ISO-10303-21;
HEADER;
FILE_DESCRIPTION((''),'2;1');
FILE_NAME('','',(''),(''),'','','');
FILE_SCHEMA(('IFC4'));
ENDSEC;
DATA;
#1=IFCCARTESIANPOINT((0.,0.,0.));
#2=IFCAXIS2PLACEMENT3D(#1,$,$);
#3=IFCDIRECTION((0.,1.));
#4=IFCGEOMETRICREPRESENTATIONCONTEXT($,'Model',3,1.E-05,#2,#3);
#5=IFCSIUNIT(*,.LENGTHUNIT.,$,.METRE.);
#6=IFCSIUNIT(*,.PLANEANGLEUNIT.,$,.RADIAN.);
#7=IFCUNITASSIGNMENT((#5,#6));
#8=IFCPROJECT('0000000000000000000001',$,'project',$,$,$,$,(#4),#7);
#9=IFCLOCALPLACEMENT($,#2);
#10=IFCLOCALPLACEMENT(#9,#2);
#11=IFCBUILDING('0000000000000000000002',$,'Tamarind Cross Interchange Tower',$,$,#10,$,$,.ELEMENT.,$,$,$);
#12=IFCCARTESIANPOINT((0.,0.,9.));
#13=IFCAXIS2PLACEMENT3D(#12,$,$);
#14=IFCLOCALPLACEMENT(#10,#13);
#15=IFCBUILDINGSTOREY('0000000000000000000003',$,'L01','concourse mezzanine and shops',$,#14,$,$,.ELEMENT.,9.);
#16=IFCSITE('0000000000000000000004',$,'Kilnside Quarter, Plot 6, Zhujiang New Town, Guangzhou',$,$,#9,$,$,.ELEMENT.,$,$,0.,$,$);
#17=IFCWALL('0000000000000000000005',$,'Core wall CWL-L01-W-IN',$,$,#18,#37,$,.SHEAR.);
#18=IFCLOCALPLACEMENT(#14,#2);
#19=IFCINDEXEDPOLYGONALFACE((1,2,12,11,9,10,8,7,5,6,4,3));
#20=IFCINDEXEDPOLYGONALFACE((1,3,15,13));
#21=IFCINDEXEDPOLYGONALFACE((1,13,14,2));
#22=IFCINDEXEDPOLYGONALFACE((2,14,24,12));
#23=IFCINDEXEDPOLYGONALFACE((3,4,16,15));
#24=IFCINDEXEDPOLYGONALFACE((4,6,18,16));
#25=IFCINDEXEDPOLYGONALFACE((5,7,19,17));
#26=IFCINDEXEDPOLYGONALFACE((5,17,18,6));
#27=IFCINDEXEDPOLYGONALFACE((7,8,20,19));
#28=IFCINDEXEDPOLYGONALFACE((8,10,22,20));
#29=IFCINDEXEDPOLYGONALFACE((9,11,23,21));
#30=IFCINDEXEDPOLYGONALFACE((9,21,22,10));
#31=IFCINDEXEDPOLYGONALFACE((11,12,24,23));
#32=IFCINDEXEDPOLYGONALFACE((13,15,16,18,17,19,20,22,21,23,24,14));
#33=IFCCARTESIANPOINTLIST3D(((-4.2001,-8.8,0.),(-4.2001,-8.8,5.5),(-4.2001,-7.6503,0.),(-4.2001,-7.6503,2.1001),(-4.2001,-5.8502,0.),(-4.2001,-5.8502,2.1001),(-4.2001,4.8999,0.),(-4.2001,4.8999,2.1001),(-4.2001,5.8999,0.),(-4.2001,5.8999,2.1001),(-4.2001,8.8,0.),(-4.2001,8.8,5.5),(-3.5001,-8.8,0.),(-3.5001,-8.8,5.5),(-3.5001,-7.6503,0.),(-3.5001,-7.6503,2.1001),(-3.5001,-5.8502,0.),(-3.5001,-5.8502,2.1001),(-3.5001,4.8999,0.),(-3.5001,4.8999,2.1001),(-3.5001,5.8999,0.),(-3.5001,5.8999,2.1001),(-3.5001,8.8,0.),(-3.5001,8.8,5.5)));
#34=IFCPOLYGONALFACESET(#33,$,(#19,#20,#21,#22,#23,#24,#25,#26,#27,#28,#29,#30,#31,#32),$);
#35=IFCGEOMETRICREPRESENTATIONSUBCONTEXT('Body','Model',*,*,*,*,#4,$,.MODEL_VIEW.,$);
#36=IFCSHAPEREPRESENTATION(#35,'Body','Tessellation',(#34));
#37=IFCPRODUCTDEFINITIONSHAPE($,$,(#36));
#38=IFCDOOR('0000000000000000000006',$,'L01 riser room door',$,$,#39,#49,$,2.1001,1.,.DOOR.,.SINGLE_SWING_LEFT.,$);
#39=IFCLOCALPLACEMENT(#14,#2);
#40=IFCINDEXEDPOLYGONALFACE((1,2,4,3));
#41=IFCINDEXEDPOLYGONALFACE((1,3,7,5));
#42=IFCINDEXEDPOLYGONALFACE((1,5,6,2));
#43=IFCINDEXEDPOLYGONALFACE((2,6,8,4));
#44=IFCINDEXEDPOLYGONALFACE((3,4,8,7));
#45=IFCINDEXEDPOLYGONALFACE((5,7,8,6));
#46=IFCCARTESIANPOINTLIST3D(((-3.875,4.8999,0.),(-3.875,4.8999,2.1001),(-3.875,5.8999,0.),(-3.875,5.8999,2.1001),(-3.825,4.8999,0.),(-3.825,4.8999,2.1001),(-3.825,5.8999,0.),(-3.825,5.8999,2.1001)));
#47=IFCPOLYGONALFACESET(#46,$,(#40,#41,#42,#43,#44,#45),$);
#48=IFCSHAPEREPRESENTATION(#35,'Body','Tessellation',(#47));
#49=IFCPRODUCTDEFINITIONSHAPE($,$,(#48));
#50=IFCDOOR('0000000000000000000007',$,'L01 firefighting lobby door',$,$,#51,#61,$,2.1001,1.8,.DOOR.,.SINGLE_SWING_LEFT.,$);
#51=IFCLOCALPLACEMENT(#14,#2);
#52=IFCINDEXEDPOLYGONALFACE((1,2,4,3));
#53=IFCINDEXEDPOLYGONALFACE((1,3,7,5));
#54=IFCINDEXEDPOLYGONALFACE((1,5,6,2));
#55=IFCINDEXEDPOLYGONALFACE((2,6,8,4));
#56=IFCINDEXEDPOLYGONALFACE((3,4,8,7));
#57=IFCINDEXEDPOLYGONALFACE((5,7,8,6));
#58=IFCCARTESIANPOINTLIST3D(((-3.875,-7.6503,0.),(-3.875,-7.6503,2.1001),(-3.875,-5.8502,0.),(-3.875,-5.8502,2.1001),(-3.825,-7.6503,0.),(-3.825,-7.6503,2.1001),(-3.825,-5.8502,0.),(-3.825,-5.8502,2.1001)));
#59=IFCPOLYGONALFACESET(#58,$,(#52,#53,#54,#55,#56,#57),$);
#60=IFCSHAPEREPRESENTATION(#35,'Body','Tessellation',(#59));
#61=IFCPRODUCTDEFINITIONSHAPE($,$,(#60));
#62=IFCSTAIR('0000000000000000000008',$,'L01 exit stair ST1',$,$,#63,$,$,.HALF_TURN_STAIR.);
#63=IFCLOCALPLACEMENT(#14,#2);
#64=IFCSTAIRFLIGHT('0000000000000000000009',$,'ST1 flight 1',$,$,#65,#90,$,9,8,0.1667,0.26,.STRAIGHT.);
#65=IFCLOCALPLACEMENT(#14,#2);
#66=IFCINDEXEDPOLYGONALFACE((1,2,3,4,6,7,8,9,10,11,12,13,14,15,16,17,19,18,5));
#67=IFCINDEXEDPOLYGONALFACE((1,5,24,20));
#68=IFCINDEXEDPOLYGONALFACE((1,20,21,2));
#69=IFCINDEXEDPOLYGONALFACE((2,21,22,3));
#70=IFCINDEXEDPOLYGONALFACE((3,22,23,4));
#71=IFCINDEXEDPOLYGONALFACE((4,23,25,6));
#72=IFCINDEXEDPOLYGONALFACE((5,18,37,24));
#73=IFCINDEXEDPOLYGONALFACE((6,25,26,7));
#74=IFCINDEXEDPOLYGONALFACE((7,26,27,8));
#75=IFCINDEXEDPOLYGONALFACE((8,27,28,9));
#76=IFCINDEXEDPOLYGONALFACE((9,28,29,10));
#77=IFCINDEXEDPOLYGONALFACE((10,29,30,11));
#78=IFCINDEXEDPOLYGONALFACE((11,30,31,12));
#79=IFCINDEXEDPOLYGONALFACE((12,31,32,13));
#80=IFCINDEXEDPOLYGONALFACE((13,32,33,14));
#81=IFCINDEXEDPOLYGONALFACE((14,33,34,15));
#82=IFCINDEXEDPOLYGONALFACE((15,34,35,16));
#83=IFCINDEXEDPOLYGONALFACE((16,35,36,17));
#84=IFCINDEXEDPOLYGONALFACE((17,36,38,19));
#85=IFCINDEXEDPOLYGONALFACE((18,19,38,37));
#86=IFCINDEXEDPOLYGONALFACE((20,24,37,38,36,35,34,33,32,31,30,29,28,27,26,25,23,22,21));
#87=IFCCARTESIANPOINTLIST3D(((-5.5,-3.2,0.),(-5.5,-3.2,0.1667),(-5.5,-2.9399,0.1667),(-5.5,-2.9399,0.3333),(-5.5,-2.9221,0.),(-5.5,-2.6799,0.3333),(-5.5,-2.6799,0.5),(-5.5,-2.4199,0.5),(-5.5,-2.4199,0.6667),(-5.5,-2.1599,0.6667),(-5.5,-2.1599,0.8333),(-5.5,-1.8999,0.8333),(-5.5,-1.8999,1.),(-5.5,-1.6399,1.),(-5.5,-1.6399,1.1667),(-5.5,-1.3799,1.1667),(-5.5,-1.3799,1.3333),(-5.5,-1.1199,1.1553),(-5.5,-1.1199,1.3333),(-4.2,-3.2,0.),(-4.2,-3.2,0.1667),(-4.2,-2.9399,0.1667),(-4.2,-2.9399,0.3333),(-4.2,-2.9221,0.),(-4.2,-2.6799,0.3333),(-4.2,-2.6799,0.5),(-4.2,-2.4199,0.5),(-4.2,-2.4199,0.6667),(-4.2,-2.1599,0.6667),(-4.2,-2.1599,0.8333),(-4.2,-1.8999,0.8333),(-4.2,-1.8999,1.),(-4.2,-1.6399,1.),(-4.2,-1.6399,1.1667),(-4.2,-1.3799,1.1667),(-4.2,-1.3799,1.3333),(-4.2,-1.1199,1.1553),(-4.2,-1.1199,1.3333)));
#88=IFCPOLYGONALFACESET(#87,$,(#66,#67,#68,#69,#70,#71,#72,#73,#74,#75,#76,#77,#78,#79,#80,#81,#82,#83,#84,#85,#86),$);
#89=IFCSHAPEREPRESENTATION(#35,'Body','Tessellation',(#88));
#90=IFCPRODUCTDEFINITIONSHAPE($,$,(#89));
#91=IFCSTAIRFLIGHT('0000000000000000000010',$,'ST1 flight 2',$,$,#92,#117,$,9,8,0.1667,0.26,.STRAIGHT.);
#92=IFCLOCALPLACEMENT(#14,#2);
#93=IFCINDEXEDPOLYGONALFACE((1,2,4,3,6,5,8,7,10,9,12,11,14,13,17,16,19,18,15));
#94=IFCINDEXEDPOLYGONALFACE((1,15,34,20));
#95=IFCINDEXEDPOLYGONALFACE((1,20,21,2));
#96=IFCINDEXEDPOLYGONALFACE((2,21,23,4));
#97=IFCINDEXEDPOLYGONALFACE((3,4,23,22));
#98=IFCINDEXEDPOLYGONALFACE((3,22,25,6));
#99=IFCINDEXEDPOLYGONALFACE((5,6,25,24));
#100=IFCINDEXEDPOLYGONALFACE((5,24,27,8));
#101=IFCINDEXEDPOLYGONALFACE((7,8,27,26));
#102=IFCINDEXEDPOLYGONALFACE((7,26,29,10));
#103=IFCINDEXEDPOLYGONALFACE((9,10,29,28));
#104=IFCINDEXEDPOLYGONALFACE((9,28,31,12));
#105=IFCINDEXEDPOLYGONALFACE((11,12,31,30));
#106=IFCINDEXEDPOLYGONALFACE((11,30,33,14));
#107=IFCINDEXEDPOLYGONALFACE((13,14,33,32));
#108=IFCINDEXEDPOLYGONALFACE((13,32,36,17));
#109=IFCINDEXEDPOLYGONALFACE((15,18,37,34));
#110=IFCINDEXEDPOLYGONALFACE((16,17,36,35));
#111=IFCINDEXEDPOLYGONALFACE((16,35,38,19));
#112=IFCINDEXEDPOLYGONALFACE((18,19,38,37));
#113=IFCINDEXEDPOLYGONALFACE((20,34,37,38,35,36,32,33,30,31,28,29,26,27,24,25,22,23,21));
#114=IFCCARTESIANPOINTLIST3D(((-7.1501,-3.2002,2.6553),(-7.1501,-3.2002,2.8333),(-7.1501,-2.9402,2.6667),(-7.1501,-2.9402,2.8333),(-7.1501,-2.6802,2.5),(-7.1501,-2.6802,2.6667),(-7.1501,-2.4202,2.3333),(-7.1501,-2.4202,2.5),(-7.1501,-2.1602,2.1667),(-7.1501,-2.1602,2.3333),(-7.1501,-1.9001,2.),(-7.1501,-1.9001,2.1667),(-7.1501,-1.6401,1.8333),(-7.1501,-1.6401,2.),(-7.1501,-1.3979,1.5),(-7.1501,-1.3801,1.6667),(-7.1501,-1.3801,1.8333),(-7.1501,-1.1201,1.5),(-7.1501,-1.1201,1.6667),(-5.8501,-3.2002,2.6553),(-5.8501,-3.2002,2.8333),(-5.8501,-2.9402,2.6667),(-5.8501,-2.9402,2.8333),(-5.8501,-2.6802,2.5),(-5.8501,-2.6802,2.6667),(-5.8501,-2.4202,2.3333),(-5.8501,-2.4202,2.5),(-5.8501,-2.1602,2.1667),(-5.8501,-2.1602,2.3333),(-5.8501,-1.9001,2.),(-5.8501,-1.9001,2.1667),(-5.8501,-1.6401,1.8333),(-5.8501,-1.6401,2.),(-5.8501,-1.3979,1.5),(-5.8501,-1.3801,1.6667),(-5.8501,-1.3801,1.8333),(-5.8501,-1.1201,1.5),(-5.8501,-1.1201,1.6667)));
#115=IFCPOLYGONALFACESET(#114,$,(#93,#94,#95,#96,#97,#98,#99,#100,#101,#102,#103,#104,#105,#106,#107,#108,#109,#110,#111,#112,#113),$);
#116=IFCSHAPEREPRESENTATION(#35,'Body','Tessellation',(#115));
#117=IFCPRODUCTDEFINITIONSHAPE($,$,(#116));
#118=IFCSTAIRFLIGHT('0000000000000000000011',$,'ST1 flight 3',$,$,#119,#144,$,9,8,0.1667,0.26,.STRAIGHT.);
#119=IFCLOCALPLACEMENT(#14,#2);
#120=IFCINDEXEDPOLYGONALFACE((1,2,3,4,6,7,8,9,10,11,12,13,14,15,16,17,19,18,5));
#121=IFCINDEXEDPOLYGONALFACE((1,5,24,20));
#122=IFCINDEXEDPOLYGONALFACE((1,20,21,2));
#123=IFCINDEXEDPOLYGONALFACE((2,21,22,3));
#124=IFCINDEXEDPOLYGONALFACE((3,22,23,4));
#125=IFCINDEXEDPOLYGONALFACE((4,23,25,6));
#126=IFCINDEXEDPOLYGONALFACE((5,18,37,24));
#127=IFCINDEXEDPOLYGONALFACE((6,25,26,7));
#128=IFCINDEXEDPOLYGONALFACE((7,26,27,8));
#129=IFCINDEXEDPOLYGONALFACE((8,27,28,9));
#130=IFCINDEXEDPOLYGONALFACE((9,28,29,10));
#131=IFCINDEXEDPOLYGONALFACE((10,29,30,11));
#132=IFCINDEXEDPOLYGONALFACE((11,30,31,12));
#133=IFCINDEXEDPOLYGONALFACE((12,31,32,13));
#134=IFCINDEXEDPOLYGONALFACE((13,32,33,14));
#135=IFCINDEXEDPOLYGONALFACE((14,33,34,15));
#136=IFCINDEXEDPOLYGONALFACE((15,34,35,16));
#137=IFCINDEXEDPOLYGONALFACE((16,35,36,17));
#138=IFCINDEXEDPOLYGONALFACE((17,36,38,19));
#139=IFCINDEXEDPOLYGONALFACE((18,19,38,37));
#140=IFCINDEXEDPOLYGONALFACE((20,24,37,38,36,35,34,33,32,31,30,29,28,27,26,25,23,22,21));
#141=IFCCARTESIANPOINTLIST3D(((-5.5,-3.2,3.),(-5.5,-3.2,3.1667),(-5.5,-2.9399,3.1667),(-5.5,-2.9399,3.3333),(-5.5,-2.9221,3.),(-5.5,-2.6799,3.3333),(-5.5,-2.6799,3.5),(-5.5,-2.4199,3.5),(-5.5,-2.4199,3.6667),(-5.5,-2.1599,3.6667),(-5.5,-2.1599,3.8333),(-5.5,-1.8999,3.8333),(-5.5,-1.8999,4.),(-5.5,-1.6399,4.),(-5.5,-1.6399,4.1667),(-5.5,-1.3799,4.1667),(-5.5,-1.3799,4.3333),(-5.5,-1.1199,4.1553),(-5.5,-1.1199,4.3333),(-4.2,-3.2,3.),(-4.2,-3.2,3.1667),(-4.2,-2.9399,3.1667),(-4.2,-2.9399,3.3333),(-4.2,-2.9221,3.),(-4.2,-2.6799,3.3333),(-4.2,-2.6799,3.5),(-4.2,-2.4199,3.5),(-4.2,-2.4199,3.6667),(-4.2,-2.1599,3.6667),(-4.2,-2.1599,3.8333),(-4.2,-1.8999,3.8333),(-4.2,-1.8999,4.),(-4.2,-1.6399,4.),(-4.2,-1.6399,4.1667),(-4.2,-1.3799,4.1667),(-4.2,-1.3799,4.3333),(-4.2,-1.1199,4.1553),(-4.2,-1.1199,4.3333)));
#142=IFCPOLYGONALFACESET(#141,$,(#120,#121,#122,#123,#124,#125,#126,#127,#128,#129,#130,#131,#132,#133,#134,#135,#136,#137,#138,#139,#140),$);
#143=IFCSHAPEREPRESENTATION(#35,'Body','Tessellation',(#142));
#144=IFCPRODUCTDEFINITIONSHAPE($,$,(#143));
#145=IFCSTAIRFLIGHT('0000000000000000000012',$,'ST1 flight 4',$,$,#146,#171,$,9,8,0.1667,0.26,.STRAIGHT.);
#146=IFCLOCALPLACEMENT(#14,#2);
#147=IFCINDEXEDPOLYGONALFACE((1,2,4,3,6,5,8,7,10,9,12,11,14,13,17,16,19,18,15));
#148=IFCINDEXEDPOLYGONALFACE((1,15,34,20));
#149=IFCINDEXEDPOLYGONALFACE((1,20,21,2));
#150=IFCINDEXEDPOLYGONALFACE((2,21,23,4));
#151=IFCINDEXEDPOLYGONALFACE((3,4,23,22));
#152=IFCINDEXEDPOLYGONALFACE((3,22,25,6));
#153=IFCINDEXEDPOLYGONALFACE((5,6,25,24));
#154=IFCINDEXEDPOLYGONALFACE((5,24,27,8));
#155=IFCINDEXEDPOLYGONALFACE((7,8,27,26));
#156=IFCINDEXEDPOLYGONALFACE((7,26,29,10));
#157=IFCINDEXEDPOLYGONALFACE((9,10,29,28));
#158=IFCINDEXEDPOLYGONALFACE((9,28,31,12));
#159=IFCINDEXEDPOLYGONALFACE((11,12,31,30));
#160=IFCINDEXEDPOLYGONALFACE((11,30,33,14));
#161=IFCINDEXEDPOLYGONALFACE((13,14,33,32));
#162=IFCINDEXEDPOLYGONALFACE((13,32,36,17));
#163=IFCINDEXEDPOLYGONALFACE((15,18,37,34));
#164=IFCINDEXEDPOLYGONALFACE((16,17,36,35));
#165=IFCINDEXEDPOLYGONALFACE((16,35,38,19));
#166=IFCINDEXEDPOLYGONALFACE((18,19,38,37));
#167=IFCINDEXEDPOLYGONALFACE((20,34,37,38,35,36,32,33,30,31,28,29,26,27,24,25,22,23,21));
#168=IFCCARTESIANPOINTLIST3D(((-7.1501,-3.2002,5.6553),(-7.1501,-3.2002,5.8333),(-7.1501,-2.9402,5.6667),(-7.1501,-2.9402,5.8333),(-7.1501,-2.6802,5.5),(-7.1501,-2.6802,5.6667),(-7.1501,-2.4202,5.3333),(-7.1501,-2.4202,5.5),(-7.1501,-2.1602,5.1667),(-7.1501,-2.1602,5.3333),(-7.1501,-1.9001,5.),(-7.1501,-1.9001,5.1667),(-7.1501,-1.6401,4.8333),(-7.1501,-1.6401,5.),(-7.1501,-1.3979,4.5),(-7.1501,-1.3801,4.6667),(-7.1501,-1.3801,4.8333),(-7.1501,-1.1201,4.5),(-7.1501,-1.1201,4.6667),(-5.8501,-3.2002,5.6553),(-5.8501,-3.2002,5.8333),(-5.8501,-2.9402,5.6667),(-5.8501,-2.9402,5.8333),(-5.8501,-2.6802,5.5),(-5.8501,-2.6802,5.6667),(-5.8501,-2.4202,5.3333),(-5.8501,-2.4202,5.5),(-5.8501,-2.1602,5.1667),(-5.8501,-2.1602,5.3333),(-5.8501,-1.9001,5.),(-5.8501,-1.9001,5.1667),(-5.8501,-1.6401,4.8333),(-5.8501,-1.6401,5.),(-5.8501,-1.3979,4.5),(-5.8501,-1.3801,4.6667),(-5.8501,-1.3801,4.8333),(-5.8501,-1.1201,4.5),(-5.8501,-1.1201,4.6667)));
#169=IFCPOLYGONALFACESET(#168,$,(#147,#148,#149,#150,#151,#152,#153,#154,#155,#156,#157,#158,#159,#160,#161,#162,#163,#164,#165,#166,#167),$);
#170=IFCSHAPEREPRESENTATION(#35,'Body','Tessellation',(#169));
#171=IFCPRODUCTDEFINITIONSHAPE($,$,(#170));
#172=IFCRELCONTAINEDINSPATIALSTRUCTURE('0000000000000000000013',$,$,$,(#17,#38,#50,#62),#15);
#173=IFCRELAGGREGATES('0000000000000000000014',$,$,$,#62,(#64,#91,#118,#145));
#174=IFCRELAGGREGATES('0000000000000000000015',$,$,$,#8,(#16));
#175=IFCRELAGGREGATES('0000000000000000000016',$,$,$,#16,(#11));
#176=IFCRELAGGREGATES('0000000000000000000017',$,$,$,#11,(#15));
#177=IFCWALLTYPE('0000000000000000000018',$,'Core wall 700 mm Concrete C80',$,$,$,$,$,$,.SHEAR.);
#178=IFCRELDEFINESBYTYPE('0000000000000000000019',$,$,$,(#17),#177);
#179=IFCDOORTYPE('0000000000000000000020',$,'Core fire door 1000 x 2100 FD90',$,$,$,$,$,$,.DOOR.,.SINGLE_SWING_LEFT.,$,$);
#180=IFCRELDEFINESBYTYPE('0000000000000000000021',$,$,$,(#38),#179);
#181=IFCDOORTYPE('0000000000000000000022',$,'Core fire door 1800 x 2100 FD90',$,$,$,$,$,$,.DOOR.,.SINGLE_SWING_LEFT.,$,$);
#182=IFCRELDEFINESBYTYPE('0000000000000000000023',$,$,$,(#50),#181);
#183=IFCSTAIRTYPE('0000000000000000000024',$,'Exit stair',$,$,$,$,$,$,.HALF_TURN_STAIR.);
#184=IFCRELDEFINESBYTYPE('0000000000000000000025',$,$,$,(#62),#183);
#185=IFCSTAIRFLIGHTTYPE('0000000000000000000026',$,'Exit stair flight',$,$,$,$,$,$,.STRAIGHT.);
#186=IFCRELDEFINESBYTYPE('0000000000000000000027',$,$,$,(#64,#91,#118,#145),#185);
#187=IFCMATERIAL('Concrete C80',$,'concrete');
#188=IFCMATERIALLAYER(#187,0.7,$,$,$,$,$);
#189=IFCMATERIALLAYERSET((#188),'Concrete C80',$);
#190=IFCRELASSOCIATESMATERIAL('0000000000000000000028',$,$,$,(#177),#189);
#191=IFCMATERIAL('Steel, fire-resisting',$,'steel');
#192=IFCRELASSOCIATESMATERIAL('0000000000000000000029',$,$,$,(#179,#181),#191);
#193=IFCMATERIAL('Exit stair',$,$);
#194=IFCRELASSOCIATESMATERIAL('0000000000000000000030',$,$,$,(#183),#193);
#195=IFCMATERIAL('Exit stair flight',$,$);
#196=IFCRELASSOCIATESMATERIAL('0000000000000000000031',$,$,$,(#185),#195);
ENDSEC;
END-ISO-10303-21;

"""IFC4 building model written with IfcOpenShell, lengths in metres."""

from ifc_helpers import new_model, si_unit, direction, frame, frame_2d, origin, place, context, subcontext, project, spatial, polyline, rectangle, outline, extrude, material, layer, layer_set, type_object, element, fill, aggregate, save


model = new_model("IFC4")

# Units and contexts
model_context = context("Model", 3, precision=1e-05, world=origin(), true_north=direction((0.0, 1.0)))
body_context = subcontext(model_context, "Body", "Model", "MODEL_VIEW")
ifc_project = project(units=[si_unit("LENGTHUNIT", "METRE"), si_unit("PLANEANGLEUNIT", "RADIAN")], contexts=[model_context])

# Site, building, storey
site_placement = place(None, origin())
site = spatial("IfcSite", under=ifc_project, at=site_placement, Name="Kilnside Quarter, Plot 6, Zhujiang New Town, Guangzhou", CompositionType="ELEMENT", RefElevation=0.0)
building_placement = place(site_placement, origin())
building = spatial("IfcBuilding", under=site, at=building_placement, Name="Tamarind Cross Interchange Tower", CompositionType="ELEMENT")
storey_placement = place(building_placement, frame((0.0, 0.0, 9.0)))
storey = spatial("IfcBuildingStorey", under=building, at=storey_placement, Name="L01", Description="concourse mezzanine and shops", CompositionType="ELEMENT", Elevation=9.0)

# Wall, openings, doors
ifc_material_1 = material(Name="Concrete C80", Category="concrete")
ifc_layer_1 = layer(ifc_material_1, 0.7)
ifc_layer_set_1 = layer_set([ifc_layer_1], Name="Concrete C80")
wall_type = type_object("IfcWallType", Name="Core wall 700 mm Concrete C80", PredefinedType="SHEAR", material=ifc_layer_set_1)
wall_placement = place(storey_placement, frame((-3.8501, -8.8, 0.0), z_axis=(0.0, 0.0, 1.0), x_axis=(0.0, 1.0, 0.0)))
wall = element("IfcWall", 1, at=wall_placement, inside=storey, type_object=wall_type, Name="Core wall CWL-L01-W-IN", PredefinedType="SHEAR", context=body_context, shape_type="SweptSolid", body=[
    extrude(rectangle(XDim=17.6001, YDim=0.7, at=frame_2d((8.8, 0.0))), origin(), (0.0, 0.0, 1.0), 5.5),
])
opening_1_placement = place(wall_placement, frame((1.1499, 0.0, 0.0)))
opening_1 = element("IfcOpeningElement", 2, at=opening_1_placement, cuts=wall, PredefinedType="OPENING", context=body_context, shape_type="SweptSolid", body=[
    extrude(rectangle(XDim=1.8, YDim=2.1001, at=frame_2d((0.8999, 1.05))), frame((0.0, 0.3599, 0.0), z_axis=(0.0, -1.0, 0.0), x_axis=(1.0, 0.0, 0.0)), (0.0, 0.0, 1.0), 0.72),
])
opening_2_placement = place(wall_placement, frame((13.7, 0.0, 0.0)))
opening_2 = element("IfcOpeningElement", 3, at=opening_2_placement, cuts=wall, PredefinedType="OPENING", context=body_context, shape_type="SweptSolid", body=[
    extrude(rectangle(XDim=1.0, YDim=2.1001, at=frame_2d((0.5, 1.05))), frame((0.0, 0.3599, 0.0), z_axis=(0.0, -1.0, 0.0), x_axis=(1.0, 0.0, 0.0)), (0.0, 0.0, 1.0), 0.72),
])
ifc_material_2 = material(Name="Steel, fire-resisting", Category="steel")
door_type_1 = type_object("IfcDoorType", Name="Core fire door 1000 x 2100 FD90", OperationType="SINGLE_SWING_LEFT", PredefinedType="DOOR", material=ifc_material_2)
door_1_placement = place(opening_2_placement, origin())
door_1 = element("IfcDoor", 4, at=door_1_placement, inside=storey, type_object=door_type_1, Name="L01 riser room door", OperationType="SINGLE_SWING_LEFT", OverallHeight=2.1001, OverallWidth=1.0, PredefinedType="DOOR", context=body_context, shape_type="SweptSolid", body=[
    extrude(rectangle(XDim=1.0, YDim=2.1001, at=frame_2d((0.5, 1.05))), frame((0.0, 0.0249, 0.0), z_axis=(0.0, -1.0, 0.0), x_axis=(1.0, 0.0, 0.0)), (0.0, 0.0, 1.0), 0.05),
])
fill(opening_2, door_1)
door_type_2 = type_object("IfcDoorType", Name="Core fire door 1800 x 2100 FD90", OperationType="SINGLE_SWING_LEFT", PredefinedType="DOOR", material=ifc_material_2)
door_2_placement = place(opening_1_placement, origin())
door_2 = element("IfcDoor", 5, at=door_2_placement, inside=storey, type_object=door_type_2, Name="L01 firefighting lobby door", OperationType="SINGLE_SWING_LEFT", OverallHeight=2.1001, OverallWidth=1.8, PredefinedType="DOOR", context=body_context, shape_type="SweptSolid", body=[
    extrude(rectangle(XDim=1.8, YDim=2.1001, at=frame_2d((0.8999, 1.05))), frame((0.0, 0.0249, 0.0), z_axis=(0.0, -1.0, 0.0), x_axis=(1.0, 0.0, 0.0)), (0.0, 0.0, 1.0), 0.05),
])
fill(opening_1, door_2)

# Stair, stair flights
ifc_material_3 = material(Name="Exit stair")
stair_type_1 = type_object("IfcStairType", Name="Exit stair", PredefinedType="HALF_TURN_STAIR", material=ifc_material_3)
stair_1_placement = place(storey_placement, origin())
stair_1 = element("IfcStair", 6, at=stair_1_placement, inside=storey, type_object=stair_type_1, Name="L01 exit stair ST1", PredefinedType="HALF_TURN_STAIR")
ifc_material_4 = material(Name="Exit stair flight")
stair_flight_type = type_object("IfcStairFlightType", Name="Exit stair flight", PredefinedType="STRAIGHT", material=ifc_material_4)
stair_flight_1_placement = place(storey_placement, frame((-4.8501, -3.2, 0.0), z_axis=(0.0, 0.0, 1.0), x_axis=(0.0, 1.0, 0.0)))
stair_flight_1 = element("IfcStairFlight", 7, at=stair_flight_1_placement, type_object=stair_flight_type, Name="ST1 flight 1", NumberOfRisers=9, NumberOfTreads=8, PredefinedType="STRAIGHT", RiserHeight=0.1667, TreadLength=0.26, context=body_context, shape_type="SweptSolid", body=[
    extrude(outline(polyline([(0.0, 0.0), (0.0, 0.1667), (0.26, 0.1667), (0.26, 0.3333), (0.52, 0.3333), (0.52, 0.5), (0.78, 0.5), (0.78, 0.6667), (1.04, 0.6667), (1.04, 0.8333), (1.3, 0.8333), (1.3, 1.0), (1.5601, 1.0), (1.5601, 1.1667), (1.8201, 1.1667), (1.8201, 1.3333), (2.0801, 1.3333), (2.0801, 1.5), (2.0801, 1.1553), (0.2778, 0.0), (0.0, 0.0)])), frame((0.0, 0.6499, 0.0), z_axis=(0.0, -1.0, 0.0), x_axis=(1.0, 0.0, 0.0)), (0.0, 0.0, 1.0), 1.3),
])
stair_flight_2_placement = place(storey_placement, frame((-6.5, -1.1201, 1.5), z_axis=(0.0, 0.0, 1.0), x_axis=(0.0, -1.0, 0.0)))
stair_flight_2 = element("IfcStairFlight", 8, at=stair_flight_2_placement, type_object=stair_flight_type, Name="ST1 flight 2", NumberOfRisers=9, NumberOfTreads=8, PredefinedType="STRAIGHT", RiserHeight=0.1667, TreadLength=0.26, context=body_context, shape_type="SweptSolid", body=[
    extrude(outline(polyline([(0.0, 0.0), (0.0, 0.1667), (0.26, 0.1667), (0.26, 0.3333), (0.52, 0.3333), (0.52, 0.5), (0.78, 0.5), (0.78, 0.6667), (1.04, 0.6667), (1.04, 0.8333), (1.3, 0.8333), (1.3, 1.0), (1.5601, 1.0), (1.5601, 1.1667), (1.8201, 1.1667), (1.8201, 1.3333), (2.0801, 1.3333), (2.0801, 1.5), (2.0801, 1.1553), (0.2778, 0.0), (0.0, 0.0)])), frame((0.0, 0.6499, 0.0), z_axis=(0.0, -1.0, 0.0), x_axis=(1.0, 0.0, 0.0)), (0.0, 0.0, 1.0), 1.3),
])
stair_flight_3_placement = place(storey_placement, frame((-4.8501, -3.2, 3.0), z_axis=(0.0, 0.0, 1.0), x_axis=(0.0, 1.0, 0.0)))
stair_flight_3 = element("IfcStairFlight", 9, at=stair_flight_3_placement, type_object=stair_flight_type, Name="ST1 flight 3", NumberOfRisers=9, NumberOfTreads=8, PredefinedType="STRAIGHT", RiserHeight=0.1667, TreadLength=0.26, context=body_context, shape_type="SweptSolid", body=[
    extrude(outline(polyline([(0.0, 0.0), (0.0, 0.1667), (0.26, 0.1667), (0.26, 0.3333), (0.52, 0.3333), (0.52, 0.5), (0.78, 0.5), (0.78, 0.6667), (1.04, 0.6667), (1.04, 0.8333), (1.3, 0.8333), (1.3, 1.0), (1.5601, 1.0), (1.5601, 1.1667), (1.8201, 1.1667), (1.8201, 1.3333), (2.0801, 1.3333), (2.0801, 1.5), (2.0801, 1.1553), (0.2778, 0.0), (0.0, 0.0)])), frame((0.0, 0.6499, 0.0), z_axis=(0.0, -1.0, 0.0), x_axis=(1.0, 0.0, 0.0)), (0.0, 0.0, 1.0), 1.3),
])
stair_flight_4_placement = place(storey_placement, frame((-6.5, -1.1201, 4.5), z_axis=(0.0, 0.0, 1.0), x_axis=(0.0, -1.0, 0.0)))
stair_flight_4 = element("IfcStairFlight", 10, at=stair_flight_4_placement, type_object=stair_flight_type, Name="ST1 flight 4", NumberOfRisers=9, NumberOfTreads=8, PredefinedType="STRAIGHT", RiserHeight=0.1667, TreadLength=0.26, context=body_context, shape_type="SweptSolid", body=[
    extrude(outline(polyline([(0.0, 0.0), (0.0, 0.1667), (0.26, 0.1667), (0.26, 0.3333), (0.52, 0.3333), (0.52, 0.5), (0.78, 0.5), (0.78, 0.6667), (1.04, 0.6667), (1.04, 0.8333), (1.3, 0.8333), (1.3, 1.0), (1.5601, 1.0), (1.5601, 1.1667), (1.8201, 1.1667), (1.8201, 1.3333), (2.0801, 1.3333), (2.0801, 1.5), (2.0801, 1.1553), (0.2778, 0.0), (0.0, 0.0)])), frame((0.0, 0.6499, 0.0), z_axis=(0.0, -1.0, 0.0), x_axis=(1.0, 0.0, 0.0)), (0.0, 0.0, 1.0), 1.3),
])
aggregate(stair_1, [stair_flight_1, stair_flight_2, stair_flight_3, stair_flight_4])

save(model, "model.ifc")
